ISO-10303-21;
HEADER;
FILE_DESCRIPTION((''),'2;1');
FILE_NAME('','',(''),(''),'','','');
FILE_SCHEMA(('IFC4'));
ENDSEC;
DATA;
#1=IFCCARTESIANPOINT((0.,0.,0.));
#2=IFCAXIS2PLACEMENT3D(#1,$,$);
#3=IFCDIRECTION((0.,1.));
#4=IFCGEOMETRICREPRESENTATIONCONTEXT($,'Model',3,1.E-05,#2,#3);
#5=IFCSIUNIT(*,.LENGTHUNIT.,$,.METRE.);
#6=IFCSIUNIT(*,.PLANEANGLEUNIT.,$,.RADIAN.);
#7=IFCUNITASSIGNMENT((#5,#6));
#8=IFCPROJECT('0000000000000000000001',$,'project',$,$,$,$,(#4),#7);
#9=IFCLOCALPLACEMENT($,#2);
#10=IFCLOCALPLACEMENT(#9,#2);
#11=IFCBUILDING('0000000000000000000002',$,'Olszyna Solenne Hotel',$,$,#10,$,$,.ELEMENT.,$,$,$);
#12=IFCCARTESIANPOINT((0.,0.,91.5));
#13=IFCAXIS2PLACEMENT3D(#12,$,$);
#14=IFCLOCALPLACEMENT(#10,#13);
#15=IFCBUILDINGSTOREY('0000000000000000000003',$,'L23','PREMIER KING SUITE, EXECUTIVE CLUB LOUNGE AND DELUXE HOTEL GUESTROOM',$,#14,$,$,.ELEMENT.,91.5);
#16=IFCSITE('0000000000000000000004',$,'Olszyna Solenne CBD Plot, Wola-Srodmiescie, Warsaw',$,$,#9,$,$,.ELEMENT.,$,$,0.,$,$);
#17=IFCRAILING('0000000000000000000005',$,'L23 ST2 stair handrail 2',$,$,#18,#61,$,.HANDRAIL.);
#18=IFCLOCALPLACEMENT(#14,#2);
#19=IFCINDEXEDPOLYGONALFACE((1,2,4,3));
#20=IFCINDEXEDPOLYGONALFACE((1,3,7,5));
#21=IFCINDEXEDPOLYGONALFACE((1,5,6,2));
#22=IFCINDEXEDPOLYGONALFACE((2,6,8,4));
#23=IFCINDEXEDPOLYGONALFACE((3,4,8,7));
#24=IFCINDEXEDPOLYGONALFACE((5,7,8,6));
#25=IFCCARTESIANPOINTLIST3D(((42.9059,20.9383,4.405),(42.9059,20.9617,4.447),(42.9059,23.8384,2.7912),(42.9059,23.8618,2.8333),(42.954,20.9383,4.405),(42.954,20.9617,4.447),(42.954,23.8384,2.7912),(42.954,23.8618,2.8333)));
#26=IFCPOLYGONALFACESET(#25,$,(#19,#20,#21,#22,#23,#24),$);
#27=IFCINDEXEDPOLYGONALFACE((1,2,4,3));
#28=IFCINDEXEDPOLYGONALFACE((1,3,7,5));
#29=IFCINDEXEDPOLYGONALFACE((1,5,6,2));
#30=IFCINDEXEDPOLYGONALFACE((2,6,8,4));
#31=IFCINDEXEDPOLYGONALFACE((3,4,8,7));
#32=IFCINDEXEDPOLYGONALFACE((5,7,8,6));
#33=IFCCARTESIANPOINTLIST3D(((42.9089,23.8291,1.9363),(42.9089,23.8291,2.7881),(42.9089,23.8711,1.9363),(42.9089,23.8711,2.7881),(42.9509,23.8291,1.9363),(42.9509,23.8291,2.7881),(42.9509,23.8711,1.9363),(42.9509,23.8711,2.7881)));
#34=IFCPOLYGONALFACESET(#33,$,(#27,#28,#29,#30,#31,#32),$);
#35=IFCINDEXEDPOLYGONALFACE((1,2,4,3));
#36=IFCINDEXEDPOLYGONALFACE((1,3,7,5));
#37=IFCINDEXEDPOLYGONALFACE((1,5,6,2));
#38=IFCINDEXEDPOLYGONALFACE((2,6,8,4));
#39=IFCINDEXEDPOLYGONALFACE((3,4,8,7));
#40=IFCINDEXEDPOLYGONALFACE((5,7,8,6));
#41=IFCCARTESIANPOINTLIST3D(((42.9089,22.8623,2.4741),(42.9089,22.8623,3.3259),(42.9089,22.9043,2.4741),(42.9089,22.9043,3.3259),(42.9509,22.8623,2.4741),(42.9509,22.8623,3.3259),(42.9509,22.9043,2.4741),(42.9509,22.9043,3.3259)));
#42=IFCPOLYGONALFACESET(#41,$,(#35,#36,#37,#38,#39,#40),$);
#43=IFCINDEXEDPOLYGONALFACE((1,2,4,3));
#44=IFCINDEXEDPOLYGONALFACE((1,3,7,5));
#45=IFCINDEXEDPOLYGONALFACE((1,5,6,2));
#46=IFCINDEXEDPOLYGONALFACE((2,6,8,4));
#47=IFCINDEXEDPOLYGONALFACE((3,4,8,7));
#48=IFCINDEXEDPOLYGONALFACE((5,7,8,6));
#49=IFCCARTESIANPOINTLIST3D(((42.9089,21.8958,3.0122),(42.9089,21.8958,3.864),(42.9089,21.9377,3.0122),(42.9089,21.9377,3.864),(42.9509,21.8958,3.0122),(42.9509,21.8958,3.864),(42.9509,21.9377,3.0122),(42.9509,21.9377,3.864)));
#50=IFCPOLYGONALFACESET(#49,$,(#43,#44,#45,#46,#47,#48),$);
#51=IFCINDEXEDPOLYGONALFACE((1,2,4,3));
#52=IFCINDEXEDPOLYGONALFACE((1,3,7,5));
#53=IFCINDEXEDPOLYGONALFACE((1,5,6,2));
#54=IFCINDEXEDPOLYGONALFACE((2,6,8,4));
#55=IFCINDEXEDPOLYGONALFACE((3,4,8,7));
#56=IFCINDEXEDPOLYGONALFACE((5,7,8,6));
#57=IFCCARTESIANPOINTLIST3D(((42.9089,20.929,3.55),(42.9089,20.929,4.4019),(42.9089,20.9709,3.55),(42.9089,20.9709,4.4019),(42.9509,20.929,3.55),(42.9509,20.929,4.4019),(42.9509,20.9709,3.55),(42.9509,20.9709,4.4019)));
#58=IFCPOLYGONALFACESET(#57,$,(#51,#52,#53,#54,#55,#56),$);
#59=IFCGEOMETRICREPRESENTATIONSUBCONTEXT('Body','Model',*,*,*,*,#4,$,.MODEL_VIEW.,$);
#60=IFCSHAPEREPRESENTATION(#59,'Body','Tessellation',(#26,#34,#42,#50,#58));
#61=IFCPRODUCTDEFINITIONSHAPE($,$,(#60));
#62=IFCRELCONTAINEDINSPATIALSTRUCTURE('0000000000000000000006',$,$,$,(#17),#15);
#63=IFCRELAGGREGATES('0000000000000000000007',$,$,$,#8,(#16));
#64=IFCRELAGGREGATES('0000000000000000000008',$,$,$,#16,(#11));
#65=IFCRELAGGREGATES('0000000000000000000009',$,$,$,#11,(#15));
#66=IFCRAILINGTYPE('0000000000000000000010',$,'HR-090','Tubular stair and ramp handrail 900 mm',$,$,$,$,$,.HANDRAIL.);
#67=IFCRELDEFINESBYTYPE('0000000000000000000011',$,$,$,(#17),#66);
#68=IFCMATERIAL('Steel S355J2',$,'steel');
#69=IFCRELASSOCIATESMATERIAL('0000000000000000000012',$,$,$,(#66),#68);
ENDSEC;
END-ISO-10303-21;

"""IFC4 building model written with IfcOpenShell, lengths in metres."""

from ifc_helpers import new_model, si_unit, direction, frame, origin, origin_2d, place, context, subcontext, project, spatial, rectangle, extrude, material, type_object, element, save


model = new_model("IFC4")

# Units and contexts
model_context = context("Model", 3, precision=1e-05, world=origin(), true_north=direction((0.0, 1.0)))
body_context = subcontext(model_context, "Body", "Model", "MODEL_VIEW")
ifc_project = project(units=[si_unit("LENGTHUNIT", "METRE"), si_unit("PLANEANGLEUNIT", "RADIAN")], contexts=[model_context])

# Site, building, storey
site_placement = place(None, origin())
site = spatial("IfcSite", under=ifc_project, at=site_placement, Name="Olszyna Solenne CBD Plot, Wola-Srodmiescie, Warsaw", CompositionType="ELEMENT", RefElevation=0.0)
building_placement = place(site_placement, origin())
building = spatial("IfcBuilding", under=site, at=building_placement, Name="Olszyna Solenne Hotel", CompositionType="ELEMENT")
storey_placement = place(building_placement, frame((0.0, 0.0, 91.5)))
storey = spatial("IfcBuildingStorey", under=building, at=storey_placement, Name="L23", Description="PREMIER KING SUITE, EXECUTIVE CLUB LOUNGE AND DELUXE HOTEL GUESTROOM", CompositionType="ELEMENT", Elevation=91.5)

# Shared definitions
ifc_material_1 = material(Name="Steel S355J2", Category="steel")

# Railing
railing_type_1 = type_object("IfcRailingType", Name="HR-090", Description="Tubular stair and ramp handrail 900 mm", PredefinedType="HANDRAIL", material=ifc_material_1)
railing_1_placement = place(storey_placement, frame((42.9299, 23.8501, 1.9363)))
element("IfcRailing", 1, at=railing_1_placement, inside=storey, type_object=railing_type_1, Name="L23 ST2 stair handrail 2", PredefinedType="HANDRAIL", context=body_context, shape_type="SweptSolid", body=[
    extrude(rectangle(XDim=0.0481, YDim=0.0481, at=origin_2d()), frame((0.0, 0.0, 0.876), z_axis=(0.0, -0.873827, 0.486236), x_axis=(1.0, 0.0, 0.0)), (0.0, 0.0, 1.0), 3.3188),
    extrude(rectangle(XDim=0.042, YDim=0.042, at=origin_2d()), origin(), (0.0, 0.0, 1.0), 0.8518),
    extrude(rectangle(XDim=0.042, YDim=0.042, at=origin_2d()), frame((0.0, -0.9668, 0.5378)), (0.0, 0.0, 1.0), 0.8518),
    extrude(rectangle(XDim=0.042, YDim=0.042, at=origin_2d()), frame((0.0, -1.9333, 1.0759)), (0.0, 0.0, 1.0), 0.8518),
    extrude(rectangle(XDim=0.042, YDim=0.042, at=origin_2d()), frame((0.0, -2.9001, 1.6138)), (0.0, 0.0, 1.0), 0.8518),
])

save(model, "model.ifc")
